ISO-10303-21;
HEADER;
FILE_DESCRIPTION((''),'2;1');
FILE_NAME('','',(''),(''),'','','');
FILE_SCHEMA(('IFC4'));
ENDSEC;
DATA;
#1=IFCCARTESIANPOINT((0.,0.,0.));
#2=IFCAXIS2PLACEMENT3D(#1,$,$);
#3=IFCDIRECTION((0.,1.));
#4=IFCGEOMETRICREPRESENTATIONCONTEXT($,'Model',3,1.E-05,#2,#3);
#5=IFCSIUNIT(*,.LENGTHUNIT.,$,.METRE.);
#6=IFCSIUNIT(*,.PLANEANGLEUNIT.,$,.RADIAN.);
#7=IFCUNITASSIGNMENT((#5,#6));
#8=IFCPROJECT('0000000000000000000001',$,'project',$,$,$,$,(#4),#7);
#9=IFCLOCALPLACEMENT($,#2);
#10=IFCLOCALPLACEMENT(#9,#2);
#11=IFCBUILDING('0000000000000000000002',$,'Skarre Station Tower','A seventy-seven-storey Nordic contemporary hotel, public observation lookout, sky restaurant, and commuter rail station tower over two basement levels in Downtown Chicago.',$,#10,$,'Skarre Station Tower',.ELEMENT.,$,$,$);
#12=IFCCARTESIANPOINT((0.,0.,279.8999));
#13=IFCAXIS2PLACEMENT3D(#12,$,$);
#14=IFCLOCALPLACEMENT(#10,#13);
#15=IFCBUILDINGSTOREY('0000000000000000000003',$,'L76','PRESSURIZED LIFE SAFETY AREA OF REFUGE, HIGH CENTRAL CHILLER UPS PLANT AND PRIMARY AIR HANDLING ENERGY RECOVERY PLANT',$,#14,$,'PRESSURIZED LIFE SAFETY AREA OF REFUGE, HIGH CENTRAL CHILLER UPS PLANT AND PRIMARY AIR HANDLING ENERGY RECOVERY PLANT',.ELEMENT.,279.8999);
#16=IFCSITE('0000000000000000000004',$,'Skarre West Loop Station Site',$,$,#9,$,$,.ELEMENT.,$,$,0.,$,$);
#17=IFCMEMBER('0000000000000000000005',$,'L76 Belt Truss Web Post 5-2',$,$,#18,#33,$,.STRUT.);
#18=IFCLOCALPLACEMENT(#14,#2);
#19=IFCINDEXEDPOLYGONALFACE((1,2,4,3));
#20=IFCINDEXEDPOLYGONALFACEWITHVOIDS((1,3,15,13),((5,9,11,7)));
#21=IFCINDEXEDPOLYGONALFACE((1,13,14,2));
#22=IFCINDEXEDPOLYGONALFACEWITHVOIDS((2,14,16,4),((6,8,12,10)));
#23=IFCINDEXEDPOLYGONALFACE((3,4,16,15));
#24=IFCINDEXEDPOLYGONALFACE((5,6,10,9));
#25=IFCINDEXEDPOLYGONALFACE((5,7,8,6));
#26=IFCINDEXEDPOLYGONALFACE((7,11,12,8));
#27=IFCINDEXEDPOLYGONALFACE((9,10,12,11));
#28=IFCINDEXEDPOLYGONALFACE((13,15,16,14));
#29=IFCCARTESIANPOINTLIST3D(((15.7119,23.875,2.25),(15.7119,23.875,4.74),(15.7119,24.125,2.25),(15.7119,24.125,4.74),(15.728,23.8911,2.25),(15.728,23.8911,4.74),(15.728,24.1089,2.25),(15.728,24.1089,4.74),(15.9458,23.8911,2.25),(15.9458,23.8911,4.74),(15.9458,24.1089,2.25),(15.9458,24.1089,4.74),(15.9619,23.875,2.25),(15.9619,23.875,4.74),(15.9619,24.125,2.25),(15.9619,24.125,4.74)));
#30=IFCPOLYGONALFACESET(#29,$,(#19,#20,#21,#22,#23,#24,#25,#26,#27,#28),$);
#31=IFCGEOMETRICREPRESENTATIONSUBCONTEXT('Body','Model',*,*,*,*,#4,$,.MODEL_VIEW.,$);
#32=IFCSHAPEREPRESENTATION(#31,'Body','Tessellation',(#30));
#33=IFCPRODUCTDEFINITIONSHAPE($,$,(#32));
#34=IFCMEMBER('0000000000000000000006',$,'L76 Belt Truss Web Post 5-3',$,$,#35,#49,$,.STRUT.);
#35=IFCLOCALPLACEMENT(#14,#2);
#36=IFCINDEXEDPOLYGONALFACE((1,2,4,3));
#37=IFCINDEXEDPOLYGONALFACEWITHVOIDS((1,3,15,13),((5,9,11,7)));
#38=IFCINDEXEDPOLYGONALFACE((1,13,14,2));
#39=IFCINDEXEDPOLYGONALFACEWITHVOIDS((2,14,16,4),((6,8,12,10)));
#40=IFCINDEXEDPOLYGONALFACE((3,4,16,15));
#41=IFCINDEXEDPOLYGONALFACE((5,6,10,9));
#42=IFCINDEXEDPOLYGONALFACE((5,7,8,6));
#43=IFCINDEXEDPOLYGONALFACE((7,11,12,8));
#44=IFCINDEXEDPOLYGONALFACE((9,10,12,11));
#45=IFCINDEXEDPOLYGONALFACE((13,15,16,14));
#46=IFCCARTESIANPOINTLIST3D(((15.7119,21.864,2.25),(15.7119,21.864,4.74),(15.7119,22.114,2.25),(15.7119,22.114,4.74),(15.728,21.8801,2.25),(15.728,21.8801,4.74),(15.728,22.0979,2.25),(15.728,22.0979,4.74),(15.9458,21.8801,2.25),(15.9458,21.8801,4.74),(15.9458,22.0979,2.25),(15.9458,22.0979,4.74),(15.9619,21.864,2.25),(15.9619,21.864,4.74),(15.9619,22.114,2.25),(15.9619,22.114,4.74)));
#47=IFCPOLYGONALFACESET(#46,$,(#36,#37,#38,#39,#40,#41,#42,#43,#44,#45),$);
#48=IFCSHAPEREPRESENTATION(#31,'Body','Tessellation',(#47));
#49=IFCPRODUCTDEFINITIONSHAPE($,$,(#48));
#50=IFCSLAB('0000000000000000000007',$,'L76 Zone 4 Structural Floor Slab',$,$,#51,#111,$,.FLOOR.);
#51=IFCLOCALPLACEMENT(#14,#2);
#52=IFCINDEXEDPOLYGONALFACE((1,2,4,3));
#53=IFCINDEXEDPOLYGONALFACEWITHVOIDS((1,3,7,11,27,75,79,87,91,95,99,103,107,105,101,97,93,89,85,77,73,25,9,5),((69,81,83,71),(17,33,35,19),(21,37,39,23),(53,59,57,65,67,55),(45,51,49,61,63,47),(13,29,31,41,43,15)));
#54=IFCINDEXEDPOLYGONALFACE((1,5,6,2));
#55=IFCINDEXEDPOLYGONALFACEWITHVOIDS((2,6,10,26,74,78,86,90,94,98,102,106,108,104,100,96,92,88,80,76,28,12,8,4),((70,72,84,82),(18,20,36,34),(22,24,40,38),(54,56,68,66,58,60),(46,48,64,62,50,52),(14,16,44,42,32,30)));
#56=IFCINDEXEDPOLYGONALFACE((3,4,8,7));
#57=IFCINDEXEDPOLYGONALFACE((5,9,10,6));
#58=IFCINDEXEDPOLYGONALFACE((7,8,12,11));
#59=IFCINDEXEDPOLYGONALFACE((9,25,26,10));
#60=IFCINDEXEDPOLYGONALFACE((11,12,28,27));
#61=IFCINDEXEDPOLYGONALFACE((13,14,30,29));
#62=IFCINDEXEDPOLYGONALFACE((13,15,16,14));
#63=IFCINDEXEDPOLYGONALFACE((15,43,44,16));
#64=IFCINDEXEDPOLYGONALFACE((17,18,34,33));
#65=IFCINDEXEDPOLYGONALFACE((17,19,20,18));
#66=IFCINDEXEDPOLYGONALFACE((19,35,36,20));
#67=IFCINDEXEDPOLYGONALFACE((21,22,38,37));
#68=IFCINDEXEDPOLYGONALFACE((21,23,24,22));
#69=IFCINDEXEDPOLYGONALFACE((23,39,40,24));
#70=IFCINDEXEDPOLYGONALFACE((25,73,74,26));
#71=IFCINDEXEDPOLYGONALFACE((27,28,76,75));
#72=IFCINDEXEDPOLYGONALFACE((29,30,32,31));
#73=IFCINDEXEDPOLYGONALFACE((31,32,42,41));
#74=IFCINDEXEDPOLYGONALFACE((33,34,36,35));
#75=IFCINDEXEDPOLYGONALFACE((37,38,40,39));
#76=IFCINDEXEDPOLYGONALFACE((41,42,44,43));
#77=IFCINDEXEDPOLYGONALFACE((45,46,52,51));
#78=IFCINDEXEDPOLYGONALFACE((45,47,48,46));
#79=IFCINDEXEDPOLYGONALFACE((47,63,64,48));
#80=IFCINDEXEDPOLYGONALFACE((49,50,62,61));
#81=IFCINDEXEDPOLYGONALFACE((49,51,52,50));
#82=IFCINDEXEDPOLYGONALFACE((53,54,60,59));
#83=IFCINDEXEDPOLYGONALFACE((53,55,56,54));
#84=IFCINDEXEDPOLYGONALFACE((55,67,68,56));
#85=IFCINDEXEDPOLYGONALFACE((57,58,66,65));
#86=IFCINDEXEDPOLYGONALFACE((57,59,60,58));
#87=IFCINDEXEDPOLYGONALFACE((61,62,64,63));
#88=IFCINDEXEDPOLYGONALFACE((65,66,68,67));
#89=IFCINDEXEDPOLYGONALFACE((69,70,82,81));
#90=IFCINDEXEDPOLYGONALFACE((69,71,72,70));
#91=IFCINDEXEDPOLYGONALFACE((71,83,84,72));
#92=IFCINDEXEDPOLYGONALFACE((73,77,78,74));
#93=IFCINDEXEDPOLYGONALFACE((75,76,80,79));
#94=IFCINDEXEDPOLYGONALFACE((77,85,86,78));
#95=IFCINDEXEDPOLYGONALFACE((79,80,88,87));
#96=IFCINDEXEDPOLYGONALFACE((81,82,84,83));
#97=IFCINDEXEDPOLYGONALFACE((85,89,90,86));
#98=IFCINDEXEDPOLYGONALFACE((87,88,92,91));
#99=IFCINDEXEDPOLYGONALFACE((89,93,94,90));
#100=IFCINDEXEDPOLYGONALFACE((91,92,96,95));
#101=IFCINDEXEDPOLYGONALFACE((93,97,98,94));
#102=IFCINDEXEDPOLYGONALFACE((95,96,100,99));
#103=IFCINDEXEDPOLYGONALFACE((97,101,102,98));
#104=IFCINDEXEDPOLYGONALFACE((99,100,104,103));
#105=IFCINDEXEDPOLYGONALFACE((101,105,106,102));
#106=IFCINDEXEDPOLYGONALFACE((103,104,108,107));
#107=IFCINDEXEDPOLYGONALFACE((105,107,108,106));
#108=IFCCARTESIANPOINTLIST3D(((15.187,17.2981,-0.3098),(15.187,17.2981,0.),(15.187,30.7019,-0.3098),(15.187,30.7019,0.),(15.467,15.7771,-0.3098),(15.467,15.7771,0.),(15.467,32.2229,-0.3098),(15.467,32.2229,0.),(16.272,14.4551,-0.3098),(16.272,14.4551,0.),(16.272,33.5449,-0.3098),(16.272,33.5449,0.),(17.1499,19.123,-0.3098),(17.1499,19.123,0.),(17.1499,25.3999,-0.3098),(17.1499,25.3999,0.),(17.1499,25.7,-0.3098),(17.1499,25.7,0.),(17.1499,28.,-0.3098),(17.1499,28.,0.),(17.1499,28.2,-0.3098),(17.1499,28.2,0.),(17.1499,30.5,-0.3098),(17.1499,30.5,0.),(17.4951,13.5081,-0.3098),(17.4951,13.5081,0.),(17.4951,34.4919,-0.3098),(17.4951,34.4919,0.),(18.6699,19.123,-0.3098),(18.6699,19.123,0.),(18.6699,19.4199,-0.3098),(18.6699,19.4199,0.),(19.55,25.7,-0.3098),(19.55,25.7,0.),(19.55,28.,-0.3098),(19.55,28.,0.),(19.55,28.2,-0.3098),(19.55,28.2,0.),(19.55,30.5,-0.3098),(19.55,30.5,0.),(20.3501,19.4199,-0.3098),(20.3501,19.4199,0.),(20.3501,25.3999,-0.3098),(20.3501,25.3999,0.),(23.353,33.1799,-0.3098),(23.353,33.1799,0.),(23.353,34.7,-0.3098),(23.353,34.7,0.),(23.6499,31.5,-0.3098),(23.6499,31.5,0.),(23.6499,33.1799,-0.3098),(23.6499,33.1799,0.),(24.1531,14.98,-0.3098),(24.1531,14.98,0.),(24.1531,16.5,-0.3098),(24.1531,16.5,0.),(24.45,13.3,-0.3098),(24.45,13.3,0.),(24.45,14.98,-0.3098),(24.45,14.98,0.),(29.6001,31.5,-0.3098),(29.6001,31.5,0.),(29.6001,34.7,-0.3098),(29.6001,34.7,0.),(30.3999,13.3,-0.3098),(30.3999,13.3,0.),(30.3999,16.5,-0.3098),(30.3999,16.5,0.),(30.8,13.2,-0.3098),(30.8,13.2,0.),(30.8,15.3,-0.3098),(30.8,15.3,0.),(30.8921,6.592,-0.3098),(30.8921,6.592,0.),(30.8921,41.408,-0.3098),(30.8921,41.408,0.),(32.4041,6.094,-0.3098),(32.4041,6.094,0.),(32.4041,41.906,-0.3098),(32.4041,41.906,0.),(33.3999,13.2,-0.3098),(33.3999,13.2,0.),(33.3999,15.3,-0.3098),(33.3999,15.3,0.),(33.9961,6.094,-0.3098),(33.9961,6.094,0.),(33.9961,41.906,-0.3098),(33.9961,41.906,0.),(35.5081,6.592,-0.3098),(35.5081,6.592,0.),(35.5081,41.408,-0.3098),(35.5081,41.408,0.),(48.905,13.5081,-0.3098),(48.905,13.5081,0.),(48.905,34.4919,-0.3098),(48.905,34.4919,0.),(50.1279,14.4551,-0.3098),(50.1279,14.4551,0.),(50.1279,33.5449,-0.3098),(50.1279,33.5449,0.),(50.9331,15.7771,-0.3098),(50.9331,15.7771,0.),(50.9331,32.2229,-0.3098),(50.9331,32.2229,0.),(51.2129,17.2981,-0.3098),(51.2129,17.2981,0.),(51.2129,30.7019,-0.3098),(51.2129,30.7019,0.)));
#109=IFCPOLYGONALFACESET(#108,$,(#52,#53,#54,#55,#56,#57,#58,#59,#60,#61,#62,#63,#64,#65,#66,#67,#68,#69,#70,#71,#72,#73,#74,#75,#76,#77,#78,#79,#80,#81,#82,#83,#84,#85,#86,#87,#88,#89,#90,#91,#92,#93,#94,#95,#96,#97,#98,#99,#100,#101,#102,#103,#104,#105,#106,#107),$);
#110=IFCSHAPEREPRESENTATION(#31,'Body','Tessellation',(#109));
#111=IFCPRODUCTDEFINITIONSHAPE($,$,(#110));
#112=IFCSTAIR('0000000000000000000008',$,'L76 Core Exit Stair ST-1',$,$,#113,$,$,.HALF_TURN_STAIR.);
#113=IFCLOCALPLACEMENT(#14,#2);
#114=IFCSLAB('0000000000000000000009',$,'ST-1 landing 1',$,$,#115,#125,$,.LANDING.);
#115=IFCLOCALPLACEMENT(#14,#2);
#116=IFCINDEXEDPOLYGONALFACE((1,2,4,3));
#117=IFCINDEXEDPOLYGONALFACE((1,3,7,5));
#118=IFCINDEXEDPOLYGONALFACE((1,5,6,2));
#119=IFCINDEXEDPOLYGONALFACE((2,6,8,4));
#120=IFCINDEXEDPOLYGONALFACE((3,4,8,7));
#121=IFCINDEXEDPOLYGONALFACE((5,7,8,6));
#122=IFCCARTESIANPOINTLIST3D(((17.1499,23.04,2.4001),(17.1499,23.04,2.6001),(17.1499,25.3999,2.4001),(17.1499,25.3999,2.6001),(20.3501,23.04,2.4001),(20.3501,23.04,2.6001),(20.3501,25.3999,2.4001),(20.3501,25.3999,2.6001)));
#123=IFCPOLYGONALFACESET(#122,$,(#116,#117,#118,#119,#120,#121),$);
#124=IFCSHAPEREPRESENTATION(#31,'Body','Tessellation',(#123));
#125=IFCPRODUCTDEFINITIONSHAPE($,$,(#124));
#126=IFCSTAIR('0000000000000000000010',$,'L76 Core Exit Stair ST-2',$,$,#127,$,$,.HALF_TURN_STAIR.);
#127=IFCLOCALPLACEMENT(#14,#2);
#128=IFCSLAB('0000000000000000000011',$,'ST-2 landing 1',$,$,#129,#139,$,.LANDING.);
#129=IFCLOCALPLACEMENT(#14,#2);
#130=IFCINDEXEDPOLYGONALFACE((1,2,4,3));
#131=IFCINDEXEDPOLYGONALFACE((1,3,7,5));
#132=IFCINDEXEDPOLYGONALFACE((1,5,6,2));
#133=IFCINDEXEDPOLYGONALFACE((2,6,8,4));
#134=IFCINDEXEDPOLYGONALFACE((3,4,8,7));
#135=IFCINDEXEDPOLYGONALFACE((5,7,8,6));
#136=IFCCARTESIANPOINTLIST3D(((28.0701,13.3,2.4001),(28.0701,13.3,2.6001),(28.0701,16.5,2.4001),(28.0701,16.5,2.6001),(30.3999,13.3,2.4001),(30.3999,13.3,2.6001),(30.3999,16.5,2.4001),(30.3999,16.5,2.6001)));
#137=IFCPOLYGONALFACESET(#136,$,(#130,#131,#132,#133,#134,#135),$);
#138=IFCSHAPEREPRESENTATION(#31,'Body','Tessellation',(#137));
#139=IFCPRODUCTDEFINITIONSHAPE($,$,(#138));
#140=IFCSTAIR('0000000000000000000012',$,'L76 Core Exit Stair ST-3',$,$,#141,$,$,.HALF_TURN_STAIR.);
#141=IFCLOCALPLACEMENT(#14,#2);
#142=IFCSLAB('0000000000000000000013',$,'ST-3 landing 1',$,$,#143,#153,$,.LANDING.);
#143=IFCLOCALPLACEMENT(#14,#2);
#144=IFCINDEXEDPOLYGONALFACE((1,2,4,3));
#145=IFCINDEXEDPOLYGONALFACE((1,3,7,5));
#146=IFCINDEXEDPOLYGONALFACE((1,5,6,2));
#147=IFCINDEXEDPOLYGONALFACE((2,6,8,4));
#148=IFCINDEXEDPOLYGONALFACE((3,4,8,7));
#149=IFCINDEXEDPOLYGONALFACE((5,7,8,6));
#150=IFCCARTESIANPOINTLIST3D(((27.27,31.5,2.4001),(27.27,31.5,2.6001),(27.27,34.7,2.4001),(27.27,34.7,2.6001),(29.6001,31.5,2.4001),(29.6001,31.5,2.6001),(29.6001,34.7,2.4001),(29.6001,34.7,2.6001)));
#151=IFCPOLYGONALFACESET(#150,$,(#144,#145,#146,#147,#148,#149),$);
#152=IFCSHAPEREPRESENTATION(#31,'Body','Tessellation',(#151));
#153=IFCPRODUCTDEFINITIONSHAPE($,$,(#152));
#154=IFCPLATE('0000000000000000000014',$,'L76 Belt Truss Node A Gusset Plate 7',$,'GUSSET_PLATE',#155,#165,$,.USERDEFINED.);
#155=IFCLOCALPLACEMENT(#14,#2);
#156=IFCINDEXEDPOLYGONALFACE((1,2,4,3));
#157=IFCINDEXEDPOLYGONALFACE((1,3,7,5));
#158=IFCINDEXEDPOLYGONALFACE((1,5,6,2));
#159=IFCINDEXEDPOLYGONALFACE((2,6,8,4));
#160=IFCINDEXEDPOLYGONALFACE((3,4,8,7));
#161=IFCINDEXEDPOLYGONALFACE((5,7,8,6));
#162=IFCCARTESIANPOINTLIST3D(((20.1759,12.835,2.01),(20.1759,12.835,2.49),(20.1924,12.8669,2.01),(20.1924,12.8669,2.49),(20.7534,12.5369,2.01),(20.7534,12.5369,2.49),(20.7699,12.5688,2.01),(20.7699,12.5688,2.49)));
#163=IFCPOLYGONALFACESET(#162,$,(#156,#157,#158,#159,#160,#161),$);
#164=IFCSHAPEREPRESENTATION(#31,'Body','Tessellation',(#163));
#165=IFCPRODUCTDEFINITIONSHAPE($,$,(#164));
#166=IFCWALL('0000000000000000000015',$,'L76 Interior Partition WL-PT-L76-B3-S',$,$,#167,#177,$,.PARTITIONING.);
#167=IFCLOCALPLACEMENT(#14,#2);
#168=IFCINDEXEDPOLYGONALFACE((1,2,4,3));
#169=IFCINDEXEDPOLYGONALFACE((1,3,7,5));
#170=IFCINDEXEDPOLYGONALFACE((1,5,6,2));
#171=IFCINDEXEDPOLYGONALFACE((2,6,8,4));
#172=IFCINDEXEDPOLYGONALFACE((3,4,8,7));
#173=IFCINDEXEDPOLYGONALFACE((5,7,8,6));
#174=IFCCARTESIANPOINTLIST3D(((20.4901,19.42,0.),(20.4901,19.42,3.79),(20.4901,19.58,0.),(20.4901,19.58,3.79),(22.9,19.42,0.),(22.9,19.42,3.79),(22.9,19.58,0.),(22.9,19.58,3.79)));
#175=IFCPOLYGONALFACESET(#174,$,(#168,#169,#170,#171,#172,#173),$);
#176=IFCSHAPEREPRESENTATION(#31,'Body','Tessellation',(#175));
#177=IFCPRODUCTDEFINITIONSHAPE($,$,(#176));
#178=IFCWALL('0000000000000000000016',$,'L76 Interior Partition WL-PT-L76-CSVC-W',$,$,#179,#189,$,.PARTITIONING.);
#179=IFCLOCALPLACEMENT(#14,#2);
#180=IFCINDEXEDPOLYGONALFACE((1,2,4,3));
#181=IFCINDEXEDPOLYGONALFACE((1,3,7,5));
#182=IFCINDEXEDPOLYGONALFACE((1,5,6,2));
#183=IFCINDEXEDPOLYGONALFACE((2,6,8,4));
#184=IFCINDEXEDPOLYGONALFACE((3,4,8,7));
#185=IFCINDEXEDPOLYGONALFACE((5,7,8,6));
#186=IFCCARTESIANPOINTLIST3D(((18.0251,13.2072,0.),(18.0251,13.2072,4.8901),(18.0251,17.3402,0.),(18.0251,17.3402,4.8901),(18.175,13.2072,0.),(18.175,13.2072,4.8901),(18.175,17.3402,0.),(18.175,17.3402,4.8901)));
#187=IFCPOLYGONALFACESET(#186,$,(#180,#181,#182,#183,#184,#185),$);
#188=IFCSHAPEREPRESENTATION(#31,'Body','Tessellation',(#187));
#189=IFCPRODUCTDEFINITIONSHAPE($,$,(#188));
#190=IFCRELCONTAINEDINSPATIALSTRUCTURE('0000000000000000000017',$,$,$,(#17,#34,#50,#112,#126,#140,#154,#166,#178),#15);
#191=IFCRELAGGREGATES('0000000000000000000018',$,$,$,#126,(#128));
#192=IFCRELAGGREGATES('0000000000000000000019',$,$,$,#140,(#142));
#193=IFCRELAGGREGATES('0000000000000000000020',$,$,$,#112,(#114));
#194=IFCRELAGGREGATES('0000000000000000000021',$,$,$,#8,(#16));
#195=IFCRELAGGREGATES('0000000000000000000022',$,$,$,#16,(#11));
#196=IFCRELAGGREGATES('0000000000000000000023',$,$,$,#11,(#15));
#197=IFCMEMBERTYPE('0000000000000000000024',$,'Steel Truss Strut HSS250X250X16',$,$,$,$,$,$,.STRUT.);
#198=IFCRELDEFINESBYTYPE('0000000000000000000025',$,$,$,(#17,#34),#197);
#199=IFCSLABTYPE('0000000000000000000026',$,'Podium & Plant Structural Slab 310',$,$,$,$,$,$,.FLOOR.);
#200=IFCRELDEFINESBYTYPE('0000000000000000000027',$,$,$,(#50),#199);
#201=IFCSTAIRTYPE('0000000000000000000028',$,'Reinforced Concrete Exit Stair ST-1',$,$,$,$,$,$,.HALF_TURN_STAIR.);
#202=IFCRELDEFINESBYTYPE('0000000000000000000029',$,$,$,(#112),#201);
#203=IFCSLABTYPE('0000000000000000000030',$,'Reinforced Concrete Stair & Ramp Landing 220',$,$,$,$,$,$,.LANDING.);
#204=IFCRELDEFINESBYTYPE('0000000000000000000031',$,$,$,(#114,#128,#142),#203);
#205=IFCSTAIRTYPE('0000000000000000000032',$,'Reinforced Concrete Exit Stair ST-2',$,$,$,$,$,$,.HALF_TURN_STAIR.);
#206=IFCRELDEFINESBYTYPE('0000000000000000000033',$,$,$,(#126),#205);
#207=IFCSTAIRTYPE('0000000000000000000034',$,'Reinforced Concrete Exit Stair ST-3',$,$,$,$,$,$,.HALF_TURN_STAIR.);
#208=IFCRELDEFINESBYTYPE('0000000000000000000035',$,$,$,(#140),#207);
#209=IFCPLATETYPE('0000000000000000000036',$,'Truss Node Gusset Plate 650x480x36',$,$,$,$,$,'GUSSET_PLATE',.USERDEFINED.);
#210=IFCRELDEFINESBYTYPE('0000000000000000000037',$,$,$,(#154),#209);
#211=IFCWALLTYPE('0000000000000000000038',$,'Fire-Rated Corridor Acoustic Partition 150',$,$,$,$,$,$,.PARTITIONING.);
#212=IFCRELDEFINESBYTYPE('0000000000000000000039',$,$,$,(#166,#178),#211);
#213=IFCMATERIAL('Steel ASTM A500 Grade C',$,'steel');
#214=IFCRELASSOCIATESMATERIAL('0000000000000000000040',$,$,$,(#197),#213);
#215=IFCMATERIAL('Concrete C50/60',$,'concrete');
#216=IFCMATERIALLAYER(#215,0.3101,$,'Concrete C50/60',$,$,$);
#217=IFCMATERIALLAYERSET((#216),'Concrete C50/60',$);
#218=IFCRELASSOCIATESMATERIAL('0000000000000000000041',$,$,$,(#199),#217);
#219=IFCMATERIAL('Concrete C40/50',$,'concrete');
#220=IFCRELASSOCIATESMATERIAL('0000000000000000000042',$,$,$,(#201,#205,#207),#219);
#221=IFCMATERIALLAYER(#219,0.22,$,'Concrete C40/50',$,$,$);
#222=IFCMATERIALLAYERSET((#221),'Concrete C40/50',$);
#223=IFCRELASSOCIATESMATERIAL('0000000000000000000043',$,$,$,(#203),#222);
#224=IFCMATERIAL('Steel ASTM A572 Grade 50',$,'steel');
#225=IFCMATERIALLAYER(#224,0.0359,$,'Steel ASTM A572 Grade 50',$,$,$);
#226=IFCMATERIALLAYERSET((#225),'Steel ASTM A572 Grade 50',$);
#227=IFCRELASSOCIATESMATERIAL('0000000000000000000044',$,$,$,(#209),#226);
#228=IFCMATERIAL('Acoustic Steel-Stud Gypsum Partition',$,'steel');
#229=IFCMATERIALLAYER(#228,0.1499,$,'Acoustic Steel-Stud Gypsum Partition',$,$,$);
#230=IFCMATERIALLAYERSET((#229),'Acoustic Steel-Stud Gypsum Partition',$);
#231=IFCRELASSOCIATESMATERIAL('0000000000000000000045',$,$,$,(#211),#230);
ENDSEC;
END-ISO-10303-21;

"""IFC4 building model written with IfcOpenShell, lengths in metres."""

from ifc_helpers import new_model, si_unit, direction, frame, frame_2d, origin, origin_2d, place, context, subcontext, project, spatial, polyline, rectangle, hollow_rectangle, outline, extrude, material, layer, layer_set, material_profile, profile_set, type_object, element, aggregate, save


model = new_model("IFC4")

# Units and contexts
model_context = context("Model", 3, precision=1e-05, world=origin(), true_north=direction((0.0, 1.0)))
body_context = subcontext(model_context, "Body", "Model", "MODEL_VIEW")
ifc_project = project(units=[si_unit("LENGTHUNIT", "METRE"), si_unit("PLANEANGLEUNIT", "RADIAN")], contexts=[model_context])

# Site, building, storey
site_placement = place(None, origin())
site = spatial("IfcSite", under=ifc_project, at=site_placement, Name="Skarre West Loop Station Site", CompositionType="ELEMENT", RefElevation=0.0)
building_placement = place(site_placement, origin())
building = spatial("IfcBuilding", under=site, at=building_placement, Name="Skarre Station Tower", Description="A seventy-seven-storey Nordic contemporary hotel, public observation lookout, sky restaurant, and commuter rail station tower over two basement levels in Downtown Chicago.", LongName="Skarre Station Tower", CompositionType="ELEMENT")
storey_placement = place(building_placement, frame((0.0, 0.0, 279.8999)))
storey = spatial("IfcBuildingStorey", under=building, at=storey_placement, Name="L76", Description="PRESSURIZED LIFE SAFETY AREA OF REFUGE, HIGH CENTRAL CHILLER UPS PLANT AND PRIMARY AIR HANDLING ENERGY RECOVERY PLANT", LongName="PRESSURIZED LIFE SAFETY AREA OF REFUGE, HIGH CENTRAL CHILLER UPS PLANT AND PRIMARY AIR HANDLING ENERGY RECOVERY PLANT", CompositionType="ELEMENT", Elevation=279.8999)

# Shared definitions
ifc_material_1 = material(Name="Concrete C50/60", Category="concrete")

# Members
ifc_material_2 = material(Name="Steel ASTM A500 Grade C", Category="steel")
ifc_material_profile_1 = material_profile(ifc_material_2, hollow_rectangle(XDim=0.25, YDim=0.25, WallThickness=0.0161, at=origin_2d()), Name="Steel ASTM A500 Grade C")
ifc_profile_set_1 = profile_set([ifc_material_profile_1], Name="Steel ASTM A500 Grade C")
member_type_1 = type_object("IfcMemberType", Name="Steel Truss Strut HSS250X250X16", PredefinedType="STRUT", material=ifc_profile_set_1)
for number, where, z_axis, x_axis, name in (
    (1, (15.8369, 24.0, 2.25), (0.0, 0.0, 1.0), (1.0, 0.0, 0.0), "L76 Belt Truss Web Post 5-2"),
    (2, (15.8369, 21.989, 2.25), (0.0, 0.0, 1.0), (1.0, 0.0, 0.0), "L76 Belt Truss Web Post 5-3"),
):
    element("IfcMember", number, at=place(storey_placement, frame(where, z_axis=z_axis, x_axis=x_axis)), inside=storey, type_object=member_type_1, Name=name, PredefinedType="STRUT", context=body_context, shape_type="SweptSolid", body=[
        extrude(hollow_rectangle(XDim=0.25, YDim=0.25, WallThickness=0.0161, at=origin_2d()), origin(), (0.0, 0.0, 1.0), 2.49),
    ])

# Slab
ifc_layer_1 = layer(ifc_material_1, 0.3101, Name="Concrete C50/60")
ifc_layer_set_1 = layer_set([ifc_layer_1], Name="Concrete C50/60")
slab_type_1 = type_object("IfcSlabType", Name="Podium & Plant Structural Slab 310", PredefinedType="FLOOR", material=ifc_layer_set_1)
slab_1_placement = place(storey_placement, frame((0.0, 0.0, -0.3098)))
element("IfcSlab", 3, at=slab_1_placement, inside=storey, type_object=slab_type_1, Name="L76 Zone 4 Structural Floor Slab", PredefinedType="FLOOR", context=body_context, shape_type="SweptSolid", body=[
    extrude(outline(polyline([(51.2129, 30.7019), (50.9331, 32.2229), (50.1279, 33.5449), (48.905, 34.4919), (35.5081, 41.408), (33.9961, 41.906), (32.4041, 41.906), (30.8921, 41.408), (17.4951, 34.4919), (16.272, 33.5449), (15.467, 32.2229), (15.187, 30.7019), (15.187, 17.2981), (15.467, 15.7771), (16.272, 14.4551), (17.4951, 13.5081), (30.8921, 6.592), (32.4041, 6.094), (33.9961, 6.094), (35.5081, 6.592), (48.905, 13.5081), (50.1279, 14.4551), (50.9331, 15.7771), (51.2129, 17.2981), (51.2129, 30.7019)]), holes=[polyline([(18.6699, 19.4199), (18.6699, 19.123), (17.1499, 19.123), (17.1499, 25.3999), (20.3501, 25.3999), (20.3501, 19.4199), (18.6699, 19.4199)]), polyline([(24.45, 14.98), (24.1531, 14.98), (24.1531, 16.5), (30.3999, 16.5), (30.3999, 13.3), (24.45, 13.3), (24.45, 14.98)]), polyline([(23.6499, 33.1799), (23.353, 33.1799), (23.353, 34.7), (29.6001, 34.7), (29.6001, 31.5), (23.6499, 31.5), (23.6499, 33.1799)]), polyline([(17.1499, 28.0), (19.55, 28.0), (19.55, 25.7), (17.1499, 25.7), (17.1499, 28.0)]), polyline([(17.1499, 30.5), (19.55, 30.5), (19.55, 28.2), (17.1499, 28.2), (17.1499, 30.5)]), polyline([(30.8, 15.3), (33.3999, 15.3), (33.3999, 13.2), (30.8, 13.2), (30.8, 15.3)])]), origin(), (0.0, 0.0, 1.0), 0.3098),
])

# Stairs, slabs
ifc_material_3 = material(Name="Concrete C40/50", Category="concrete")
stair_type_1 = type_object("IfcStairType", Name="Reinforced Concrete Exit Stair ST-1", PredefinedType="HALF_TURN_STAIR", material=ifc_material_3)
stair_1_placement = place(storey_placement, origin())
stair_1 = element("IfcStair", 4, at=stair_1_placement, inside=storey, type_object=stair_type_1, Name="L76 Core Exit Stair ST-1", PredefinedType="HALF_TURN_STAIR")
ifc_layer_2 = layer(ifc_material_3, 0.22, Name="Concrete C40/50")
ifc_layer_set_2 = layer_set([ifc_layer_2], Name="Concrete C40/50")
slab_type_2 = type_object("IfcSlabType", Name="Reinforced Concrete Stair & Ramp Landing 220", PredefinedType="LANDING", material=ifc_layer_set_2)
slab_2_placement = place(storey_placement, frame((0.0, 0.0, 2.4001)))
slab_2 = element("IfcSlab", 5, at=slab_2_placement, type_object=slab_type_2, Name="ST-1 landing 1", PredefinedType="LANDING", context=body_context, shape_type="SweptSolid", body=[
    extrude(outline(polyline([(20.3501, 23.04), (20.3501, 25.3999), (17.1499, 25.3999), (17.1499, 23.04), (20.3501, 23.04)])), origin(), (0.0, 0.0, 1.0), 0.2),
])
stair_type_2 = type_object("IfcStairType", Name="Reinforced Concrete Exit Stair ST-2", PredefinedType="HALF_TURN_STAIR", material=ifc_material_3)
stair_2_placement = place(storey_placement, origin())
stair_2 = element("IfcStair", 6, at=stair_2_placement, inside=storey, type_object=stair_type_2, Name="L76 Core Exit Stair ST-2", PredefinedType="HALF_TURN_STAIR")
slab_3_placement = place(storey_placement, frame((0.0, 0.0, 2.4001)))
slab_3 = element("IfcSlab", 7, at=slab_3_placement, type_object=slab_type_2, Name="ST-2 landing 1", PredefinedType="LANDING", context=body_context, shape_type="SweptSolid", body=[
    extrude(outline(polyline([(28.0701, 13.3), (30.3999, 13.3), (30.3999, 16.5), (28.0701, 16.5), (28.0701, 13.3)])), origin(), (0.0, 0.0, 1.0), 0.2),
])
aggregate(stair_2, [slab_3])
stair_type_3 = type_object("IfcStairType", Name="Reinforced Concrete Exit Stair ST-3", PredefinedType="HALF_TURN_STAIR", material=ifc_material_3)
stair_3_placement = place(storey_placement, origin())
stair_3 = element("IfcStair", 8, at=stair_3_placement, inside=storey, type_object=stair_type_3, Name="L76 Core Exit Stair ST-3", PredefinedType="HALF_TURN_STAIR")
slab_4_placement = place(storey_placement, frame((0.0, 0.0, 2.4001)))
slab_4 = element("IfcSlab", 9, at=slab_4_placement, type_object=slab_type_2, Name="ST-3 landing 1", PredefinedType="LANDING", context=body_context, shape_type="SweptSolid", body=[
    extrude(outline(polyline([(27.27, 31.5), (29.6001, 31.5), (29.6001, 34.7), (27.27, 34.7), (27.27, 31.5)])), origin(), (0.0, 0.0, 1.0), 0.2),
])
aggregate(stair_3, [slab_4])

# Plate
ifc_material_4 = material(Name="Steel ASTM A572 Grade 50", Category="steel")
ifc_layer_3 = layer(ifc_material_4, 0.0359, Name="Steel ASTM A572 Grade 50")
ifc_layer_set_3 = layer_set([ifc_layer_3], Name="Steel ASTM A572 Grade 50")
plate_type = type_object("IfcPlateType", Name="Truss Node Gusset Plate 650x480x36", ElementType="GUSSET_PLATE", PredefinedType="USERDEFINED", material=ifc_layer_set_3)
plate_placement = place(storey_placement, frame((20.4729, 12.7019, 2.01), z_axis=(0.0, 0.0, 1.0), x_axis=(0.888601, -0.458681, 0.0)))
element("IfcPlate", 10, at=plate_placement, inside=storey, type_object=plate_type, Name="L76 Belt Truss Node A Gusset Plate 7", ObjectType="GUSSET_PLATE", PredefinedType="USERDEFINED", context=body_context, shape_type="SweptSolid", body=[
    extrude(rectangle(XDim=0.6499, YDim=0.0359, at=origin_2d()), origin(), (0.0, 0.0, 1.0), 0.48),
])

# Walls
ifc_material_5 = material(Name="Acoustic Steel-Stud Gypsum Partition", Category="steel")
ifc_layer_4 = layer(ifc_material_5, 0.1499, Name="Acoustic Steel-Stud Gypsum Partition")
ifc_layer_set_4 = layer_set([ifc_layer_4], Name="Acoustic Steel-Stud Gypsum Partition")
wall_type_1 = type_object("IfcWallType", Name="Fire-Rated Corridor Acoustic Partition 150", PredefinedType="PARTITIONING", material=ifc_layer_set_4)
wall_1_placement = place(storey_placement, frame((20.49, 19.5, 0.0), z_axis=(0.0, 0.0, 1.0), x_axis=(1.0, 0.0, 0.0)))
element("IfcWall", 11, at=wall_1_placement, inside=storey, type_object=wall_type_1, Name="L76 Interior Partition WL-PT-L76-B3-S", PredefinedType="PARTITIONING", context=body_context, shape_type="SweptSolid", body=[
    extrude(rectangle(XDim=2.4099, YDim=0.1599, at=frame_2d((1.2051, 0.0))), origin(), (0.0, 0.0, 1.0), 3.79),
])
wall_2_placement = place(storey_placement, frame((18.1001, 17.3401, 0.0), z_axis=(0.0, 0.0, 1.0), x_axis=(0.0, -1.0, 0.0)))
element("IfcWall", 12, at=wall_2_placement, inside=storey, type_object=wall_type_1, Name="L76 Interior Partition WL-PT-L76-CSVC-W", PredefinedType="PARTITIONING", context=body_context, shape_type="SweptSolid", body=[
    extrude(rectangle(XDim=4.1331, YDim=0.1499, at=frame_2d((2.0664, 0.0))), origin(), (0.0, 0.0, 1.0), 4.8901),
])

aggregate(stair_1, [slab_2])

save(model, "model.ifc")
